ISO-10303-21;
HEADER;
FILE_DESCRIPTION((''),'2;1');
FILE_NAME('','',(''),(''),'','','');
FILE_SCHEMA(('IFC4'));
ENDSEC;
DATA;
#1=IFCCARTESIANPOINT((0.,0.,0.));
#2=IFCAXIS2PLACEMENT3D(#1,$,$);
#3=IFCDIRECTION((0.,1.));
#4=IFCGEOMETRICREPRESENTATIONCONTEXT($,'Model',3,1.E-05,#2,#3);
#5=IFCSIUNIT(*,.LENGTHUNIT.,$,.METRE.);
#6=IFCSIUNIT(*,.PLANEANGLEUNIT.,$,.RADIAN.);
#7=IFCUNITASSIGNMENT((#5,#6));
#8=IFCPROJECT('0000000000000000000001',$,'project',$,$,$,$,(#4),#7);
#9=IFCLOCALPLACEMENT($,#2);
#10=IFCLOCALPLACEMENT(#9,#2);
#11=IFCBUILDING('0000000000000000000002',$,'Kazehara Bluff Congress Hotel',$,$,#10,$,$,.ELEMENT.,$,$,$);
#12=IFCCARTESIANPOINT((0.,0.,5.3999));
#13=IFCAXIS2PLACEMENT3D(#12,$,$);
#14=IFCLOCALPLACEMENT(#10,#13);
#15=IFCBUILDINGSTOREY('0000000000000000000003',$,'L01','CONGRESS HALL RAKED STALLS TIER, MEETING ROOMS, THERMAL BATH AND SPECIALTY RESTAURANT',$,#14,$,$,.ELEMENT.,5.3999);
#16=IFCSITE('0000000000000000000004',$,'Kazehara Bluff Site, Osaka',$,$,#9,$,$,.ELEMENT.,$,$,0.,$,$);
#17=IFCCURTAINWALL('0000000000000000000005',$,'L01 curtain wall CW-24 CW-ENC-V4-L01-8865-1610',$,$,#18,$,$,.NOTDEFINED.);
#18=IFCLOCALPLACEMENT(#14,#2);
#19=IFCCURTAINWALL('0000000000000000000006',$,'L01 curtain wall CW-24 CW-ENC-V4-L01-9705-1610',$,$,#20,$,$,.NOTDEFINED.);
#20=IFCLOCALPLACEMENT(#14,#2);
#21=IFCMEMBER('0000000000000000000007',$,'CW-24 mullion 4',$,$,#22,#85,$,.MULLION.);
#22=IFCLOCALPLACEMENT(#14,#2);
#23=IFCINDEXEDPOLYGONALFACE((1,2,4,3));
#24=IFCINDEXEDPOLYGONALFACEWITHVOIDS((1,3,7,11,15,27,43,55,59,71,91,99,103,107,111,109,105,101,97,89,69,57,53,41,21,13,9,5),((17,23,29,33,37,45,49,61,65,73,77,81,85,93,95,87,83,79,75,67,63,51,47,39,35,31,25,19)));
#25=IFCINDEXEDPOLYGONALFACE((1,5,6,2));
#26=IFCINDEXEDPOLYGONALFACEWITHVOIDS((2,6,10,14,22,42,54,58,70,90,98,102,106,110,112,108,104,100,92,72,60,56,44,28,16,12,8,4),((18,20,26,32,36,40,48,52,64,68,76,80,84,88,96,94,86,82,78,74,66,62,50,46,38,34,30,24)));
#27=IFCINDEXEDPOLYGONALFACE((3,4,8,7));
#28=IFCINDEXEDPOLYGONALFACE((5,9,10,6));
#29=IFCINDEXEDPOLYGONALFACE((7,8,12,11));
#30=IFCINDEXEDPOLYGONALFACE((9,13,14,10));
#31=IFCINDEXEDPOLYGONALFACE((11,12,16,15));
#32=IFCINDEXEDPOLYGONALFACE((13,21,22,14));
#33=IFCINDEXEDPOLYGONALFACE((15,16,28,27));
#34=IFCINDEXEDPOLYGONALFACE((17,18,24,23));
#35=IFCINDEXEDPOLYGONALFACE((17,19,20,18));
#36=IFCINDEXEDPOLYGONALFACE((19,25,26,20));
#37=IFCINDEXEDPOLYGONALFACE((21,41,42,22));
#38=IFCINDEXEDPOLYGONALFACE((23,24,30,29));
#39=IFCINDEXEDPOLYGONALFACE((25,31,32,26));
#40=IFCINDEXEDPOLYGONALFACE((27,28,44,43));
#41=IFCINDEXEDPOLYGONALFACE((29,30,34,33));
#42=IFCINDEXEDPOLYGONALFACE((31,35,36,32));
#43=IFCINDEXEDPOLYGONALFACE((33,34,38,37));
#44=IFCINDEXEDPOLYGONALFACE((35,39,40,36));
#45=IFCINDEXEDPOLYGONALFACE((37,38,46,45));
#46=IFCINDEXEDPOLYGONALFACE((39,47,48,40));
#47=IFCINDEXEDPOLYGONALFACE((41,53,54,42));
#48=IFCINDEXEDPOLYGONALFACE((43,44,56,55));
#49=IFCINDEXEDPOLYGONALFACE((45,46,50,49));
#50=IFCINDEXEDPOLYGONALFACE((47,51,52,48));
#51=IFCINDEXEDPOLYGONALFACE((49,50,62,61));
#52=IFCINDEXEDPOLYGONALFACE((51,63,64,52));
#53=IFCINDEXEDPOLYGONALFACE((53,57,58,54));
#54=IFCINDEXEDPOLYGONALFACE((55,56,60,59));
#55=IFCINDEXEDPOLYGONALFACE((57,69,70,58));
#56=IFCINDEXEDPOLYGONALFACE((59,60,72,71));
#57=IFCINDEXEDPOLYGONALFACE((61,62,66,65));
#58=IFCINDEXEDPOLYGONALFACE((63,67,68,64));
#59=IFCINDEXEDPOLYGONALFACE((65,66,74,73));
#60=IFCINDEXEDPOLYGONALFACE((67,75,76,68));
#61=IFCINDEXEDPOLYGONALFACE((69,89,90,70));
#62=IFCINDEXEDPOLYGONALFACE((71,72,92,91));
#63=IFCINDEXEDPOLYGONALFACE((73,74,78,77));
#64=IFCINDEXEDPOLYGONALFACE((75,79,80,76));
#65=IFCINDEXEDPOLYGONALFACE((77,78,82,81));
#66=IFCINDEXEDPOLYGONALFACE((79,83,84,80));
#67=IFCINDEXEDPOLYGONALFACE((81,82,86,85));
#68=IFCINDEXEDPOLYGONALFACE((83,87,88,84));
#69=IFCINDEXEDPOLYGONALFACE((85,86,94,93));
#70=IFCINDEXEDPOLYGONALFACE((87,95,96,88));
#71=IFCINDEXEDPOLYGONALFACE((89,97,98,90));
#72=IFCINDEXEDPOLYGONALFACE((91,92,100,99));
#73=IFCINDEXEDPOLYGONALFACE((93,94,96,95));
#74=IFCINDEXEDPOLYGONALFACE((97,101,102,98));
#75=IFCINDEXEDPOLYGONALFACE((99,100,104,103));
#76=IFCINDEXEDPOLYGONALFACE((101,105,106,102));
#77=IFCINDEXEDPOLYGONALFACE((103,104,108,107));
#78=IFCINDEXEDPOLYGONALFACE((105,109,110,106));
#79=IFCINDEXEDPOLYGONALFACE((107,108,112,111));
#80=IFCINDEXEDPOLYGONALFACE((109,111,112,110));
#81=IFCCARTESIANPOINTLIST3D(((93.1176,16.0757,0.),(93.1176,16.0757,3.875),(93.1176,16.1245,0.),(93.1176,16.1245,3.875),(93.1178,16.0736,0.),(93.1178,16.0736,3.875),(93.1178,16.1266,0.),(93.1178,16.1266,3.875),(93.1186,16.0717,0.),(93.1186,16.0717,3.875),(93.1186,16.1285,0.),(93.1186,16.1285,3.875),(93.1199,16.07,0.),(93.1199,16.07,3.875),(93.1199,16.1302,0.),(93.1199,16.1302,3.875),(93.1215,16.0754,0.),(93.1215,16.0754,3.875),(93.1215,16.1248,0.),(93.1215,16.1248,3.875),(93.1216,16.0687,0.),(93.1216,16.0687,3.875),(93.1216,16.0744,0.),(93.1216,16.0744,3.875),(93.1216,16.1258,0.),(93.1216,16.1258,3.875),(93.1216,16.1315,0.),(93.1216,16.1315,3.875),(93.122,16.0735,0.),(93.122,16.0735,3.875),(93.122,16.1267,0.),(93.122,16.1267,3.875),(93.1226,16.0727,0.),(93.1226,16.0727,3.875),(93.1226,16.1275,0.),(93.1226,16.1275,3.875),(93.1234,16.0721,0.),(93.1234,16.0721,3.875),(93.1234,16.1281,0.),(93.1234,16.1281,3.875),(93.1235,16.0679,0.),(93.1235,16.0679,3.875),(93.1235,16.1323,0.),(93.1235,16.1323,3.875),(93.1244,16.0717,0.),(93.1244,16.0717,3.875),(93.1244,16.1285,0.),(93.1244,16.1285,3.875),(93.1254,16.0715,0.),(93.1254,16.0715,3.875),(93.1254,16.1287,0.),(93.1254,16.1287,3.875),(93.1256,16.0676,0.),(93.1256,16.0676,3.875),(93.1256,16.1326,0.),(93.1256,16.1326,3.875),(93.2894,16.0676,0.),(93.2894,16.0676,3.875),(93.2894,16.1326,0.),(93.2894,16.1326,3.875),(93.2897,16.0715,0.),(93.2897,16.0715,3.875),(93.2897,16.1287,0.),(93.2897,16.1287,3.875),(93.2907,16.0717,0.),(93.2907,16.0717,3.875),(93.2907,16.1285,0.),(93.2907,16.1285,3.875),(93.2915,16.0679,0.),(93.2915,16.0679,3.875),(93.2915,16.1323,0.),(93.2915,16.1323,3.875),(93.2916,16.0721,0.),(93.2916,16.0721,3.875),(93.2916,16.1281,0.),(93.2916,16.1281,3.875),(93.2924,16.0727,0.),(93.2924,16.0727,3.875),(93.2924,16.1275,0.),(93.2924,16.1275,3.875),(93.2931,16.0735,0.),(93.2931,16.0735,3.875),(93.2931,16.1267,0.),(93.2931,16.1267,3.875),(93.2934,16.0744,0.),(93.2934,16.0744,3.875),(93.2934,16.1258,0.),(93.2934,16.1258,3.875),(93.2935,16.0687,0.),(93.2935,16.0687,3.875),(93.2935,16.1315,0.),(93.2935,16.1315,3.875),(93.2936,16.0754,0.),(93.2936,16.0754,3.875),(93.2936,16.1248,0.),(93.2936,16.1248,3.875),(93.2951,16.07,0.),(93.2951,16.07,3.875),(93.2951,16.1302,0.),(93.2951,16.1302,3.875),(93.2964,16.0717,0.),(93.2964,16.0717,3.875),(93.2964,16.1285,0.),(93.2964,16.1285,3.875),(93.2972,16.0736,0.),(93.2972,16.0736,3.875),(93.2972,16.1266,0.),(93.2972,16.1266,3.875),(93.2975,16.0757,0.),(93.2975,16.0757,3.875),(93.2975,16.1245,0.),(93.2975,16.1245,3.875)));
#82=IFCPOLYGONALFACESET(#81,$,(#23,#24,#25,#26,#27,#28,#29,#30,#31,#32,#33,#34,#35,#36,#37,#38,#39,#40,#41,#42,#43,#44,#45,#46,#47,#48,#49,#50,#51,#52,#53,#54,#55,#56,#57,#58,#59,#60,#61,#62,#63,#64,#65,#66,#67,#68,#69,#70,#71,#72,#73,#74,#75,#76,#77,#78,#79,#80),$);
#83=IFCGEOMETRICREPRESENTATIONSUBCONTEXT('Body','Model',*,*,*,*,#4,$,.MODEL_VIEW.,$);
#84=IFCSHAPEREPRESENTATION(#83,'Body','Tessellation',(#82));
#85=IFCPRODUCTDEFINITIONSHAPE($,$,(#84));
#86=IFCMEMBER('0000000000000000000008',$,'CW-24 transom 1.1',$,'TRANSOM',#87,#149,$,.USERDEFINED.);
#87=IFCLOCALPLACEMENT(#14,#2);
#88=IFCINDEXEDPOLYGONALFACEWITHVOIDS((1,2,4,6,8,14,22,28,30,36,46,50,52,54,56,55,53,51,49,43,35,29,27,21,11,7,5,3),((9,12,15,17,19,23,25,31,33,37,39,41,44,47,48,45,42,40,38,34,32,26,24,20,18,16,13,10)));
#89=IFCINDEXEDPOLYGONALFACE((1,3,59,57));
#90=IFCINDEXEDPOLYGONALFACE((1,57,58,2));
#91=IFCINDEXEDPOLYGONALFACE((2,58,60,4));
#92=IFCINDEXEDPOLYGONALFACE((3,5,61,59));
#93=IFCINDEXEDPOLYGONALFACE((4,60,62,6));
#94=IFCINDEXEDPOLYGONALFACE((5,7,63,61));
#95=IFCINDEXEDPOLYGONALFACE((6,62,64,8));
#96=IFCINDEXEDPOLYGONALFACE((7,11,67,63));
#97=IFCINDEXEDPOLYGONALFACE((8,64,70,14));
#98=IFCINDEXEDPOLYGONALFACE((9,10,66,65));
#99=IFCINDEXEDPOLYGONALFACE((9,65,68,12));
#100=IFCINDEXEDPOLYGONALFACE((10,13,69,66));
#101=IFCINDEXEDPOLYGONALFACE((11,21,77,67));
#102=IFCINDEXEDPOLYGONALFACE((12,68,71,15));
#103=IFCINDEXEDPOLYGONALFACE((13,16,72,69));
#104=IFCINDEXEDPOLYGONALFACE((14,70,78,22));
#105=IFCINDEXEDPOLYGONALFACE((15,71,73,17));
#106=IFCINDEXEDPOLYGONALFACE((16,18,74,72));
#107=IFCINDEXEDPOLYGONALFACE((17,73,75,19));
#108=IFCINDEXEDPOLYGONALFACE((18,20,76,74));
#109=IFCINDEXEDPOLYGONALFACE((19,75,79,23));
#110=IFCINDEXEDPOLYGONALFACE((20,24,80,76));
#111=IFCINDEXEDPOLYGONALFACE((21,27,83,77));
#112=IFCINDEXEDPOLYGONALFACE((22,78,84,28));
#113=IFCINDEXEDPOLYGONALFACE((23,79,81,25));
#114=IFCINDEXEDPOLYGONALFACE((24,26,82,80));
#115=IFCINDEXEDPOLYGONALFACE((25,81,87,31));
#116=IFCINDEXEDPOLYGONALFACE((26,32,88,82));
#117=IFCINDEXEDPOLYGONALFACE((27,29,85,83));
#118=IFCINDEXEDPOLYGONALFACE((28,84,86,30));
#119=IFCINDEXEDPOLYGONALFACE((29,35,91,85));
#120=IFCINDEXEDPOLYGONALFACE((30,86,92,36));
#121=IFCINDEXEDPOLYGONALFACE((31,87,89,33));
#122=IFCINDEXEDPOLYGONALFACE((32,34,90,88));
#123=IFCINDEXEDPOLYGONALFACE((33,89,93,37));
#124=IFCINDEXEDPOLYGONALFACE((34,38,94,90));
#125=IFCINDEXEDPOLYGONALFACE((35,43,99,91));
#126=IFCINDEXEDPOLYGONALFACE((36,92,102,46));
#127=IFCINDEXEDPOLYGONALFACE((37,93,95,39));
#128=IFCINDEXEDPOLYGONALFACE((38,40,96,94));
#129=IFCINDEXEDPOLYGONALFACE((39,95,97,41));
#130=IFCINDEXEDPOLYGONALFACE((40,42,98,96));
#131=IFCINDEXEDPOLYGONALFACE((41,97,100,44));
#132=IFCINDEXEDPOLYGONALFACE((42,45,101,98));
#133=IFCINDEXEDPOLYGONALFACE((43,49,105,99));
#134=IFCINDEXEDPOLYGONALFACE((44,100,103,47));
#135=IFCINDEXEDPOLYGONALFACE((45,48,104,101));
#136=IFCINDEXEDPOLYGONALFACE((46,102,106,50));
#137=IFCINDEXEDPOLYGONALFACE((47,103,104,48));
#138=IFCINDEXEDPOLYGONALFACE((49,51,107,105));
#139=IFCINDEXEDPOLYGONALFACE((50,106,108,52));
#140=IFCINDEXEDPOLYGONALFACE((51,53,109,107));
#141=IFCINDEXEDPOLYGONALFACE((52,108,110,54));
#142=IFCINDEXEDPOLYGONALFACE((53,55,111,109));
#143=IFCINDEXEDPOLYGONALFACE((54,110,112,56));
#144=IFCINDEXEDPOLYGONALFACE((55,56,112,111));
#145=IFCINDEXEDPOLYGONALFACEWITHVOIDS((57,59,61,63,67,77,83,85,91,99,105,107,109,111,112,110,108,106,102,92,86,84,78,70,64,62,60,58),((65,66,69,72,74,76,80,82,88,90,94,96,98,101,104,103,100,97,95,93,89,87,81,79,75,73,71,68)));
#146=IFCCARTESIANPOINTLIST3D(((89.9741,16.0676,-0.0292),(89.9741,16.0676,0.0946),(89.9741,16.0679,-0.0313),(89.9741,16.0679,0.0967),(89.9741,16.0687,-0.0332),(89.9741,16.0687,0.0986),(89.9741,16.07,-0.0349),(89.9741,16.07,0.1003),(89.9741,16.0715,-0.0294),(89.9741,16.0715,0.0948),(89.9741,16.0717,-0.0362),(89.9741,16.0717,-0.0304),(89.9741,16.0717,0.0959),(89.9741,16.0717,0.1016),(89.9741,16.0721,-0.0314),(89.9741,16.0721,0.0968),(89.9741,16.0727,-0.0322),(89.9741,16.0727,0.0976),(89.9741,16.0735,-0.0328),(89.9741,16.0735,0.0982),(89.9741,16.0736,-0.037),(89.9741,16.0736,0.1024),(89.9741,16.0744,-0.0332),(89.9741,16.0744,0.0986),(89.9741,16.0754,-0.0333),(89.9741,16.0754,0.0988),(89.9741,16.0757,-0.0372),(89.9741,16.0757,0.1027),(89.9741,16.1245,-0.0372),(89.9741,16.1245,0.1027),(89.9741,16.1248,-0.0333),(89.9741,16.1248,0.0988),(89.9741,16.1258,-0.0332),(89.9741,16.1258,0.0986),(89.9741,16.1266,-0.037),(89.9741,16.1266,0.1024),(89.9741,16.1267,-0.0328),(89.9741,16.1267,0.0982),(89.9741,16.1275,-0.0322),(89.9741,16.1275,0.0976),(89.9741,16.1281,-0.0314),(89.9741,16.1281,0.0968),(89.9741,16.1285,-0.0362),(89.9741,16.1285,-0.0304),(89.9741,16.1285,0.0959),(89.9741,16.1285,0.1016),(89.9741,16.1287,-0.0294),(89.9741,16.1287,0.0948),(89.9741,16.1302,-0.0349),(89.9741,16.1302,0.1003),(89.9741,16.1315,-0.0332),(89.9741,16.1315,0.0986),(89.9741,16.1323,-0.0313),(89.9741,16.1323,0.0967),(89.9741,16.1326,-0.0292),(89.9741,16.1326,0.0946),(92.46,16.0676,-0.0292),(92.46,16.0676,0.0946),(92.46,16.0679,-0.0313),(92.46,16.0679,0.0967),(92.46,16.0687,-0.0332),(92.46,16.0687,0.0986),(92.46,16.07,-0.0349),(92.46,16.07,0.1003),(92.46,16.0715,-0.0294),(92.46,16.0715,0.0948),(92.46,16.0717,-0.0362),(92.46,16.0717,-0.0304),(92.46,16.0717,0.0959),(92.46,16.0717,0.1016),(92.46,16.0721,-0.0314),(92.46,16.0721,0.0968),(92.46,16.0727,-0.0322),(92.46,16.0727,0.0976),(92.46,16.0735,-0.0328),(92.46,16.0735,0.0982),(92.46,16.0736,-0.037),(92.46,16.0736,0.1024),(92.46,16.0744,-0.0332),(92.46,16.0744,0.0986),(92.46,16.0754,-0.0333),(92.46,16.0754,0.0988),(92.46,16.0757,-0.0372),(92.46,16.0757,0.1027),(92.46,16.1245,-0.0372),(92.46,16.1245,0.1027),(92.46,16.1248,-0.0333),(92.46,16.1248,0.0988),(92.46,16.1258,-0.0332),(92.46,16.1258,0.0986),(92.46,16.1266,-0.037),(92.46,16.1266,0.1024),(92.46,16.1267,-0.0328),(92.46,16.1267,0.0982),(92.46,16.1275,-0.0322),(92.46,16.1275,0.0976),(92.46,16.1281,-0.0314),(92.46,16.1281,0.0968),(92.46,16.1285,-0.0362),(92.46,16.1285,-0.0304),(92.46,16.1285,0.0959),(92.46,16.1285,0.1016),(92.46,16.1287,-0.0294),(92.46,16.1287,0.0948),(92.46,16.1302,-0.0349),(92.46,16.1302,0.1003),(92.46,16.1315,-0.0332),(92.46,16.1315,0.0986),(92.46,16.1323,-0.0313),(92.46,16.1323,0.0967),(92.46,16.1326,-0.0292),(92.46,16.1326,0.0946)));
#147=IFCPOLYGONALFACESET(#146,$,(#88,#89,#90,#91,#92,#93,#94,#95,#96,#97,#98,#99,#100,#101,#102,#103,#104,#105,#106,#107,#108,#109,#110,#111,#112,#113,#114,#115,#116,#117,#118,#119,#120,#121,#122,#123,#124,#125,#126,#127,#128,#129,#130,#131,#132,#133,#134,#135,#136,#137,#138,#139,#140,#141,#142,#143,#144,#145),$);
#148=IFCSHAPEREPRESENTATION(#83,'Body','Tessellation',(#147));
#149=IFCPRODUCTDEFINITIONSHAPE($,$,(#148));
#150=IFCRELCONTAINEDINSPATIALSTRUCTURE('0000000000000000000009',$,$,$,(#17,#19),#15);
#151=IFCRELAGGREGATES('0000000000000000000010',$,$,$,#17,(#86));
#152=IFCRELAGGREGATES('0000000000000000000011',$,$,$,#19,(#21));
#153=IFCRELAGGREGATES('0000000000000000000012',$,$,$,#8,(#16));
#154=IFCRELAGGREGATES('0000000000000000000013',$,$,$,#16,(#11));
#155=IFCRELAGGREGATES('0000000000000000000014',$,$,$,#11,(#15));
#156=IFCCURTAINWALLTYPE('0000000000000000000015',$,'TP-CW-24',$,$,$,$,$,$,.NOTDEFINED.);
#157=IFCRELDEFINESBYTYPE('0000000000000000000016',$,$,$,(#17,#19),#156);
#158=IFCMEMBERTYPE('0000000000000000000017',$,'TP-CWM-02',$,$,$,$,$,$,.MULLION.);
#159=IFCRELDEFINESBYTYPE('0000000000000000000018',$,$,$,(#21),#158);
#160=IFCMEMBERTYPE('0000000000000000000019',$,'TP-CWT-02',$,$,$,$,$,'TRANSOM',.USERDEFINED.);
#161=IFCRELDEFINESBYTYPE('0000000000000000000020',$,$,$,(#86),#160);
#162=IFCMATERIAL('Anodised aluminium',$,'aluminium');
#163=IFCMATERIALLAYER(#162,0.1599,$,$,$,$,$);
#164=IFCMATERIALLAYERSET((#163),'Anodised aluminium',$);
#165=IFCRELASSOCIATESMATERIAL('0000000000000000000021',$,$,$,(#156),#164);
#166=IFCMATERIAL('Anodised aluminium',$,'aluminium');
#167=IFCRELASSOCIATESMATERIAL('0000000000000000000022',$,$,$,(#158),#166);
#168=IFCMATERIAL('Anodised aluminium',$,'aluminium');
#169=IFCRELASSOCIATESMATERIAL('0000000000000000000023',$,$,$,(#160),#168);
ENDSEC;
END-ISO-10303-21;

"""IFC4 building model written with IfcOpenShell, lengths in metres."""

from ifc_helpers import new_model, si_unit, direction, frame, origin, origin_2d, place, context, subcontext, project, spatial, hollow_rectangle, extrude, material, layer, layer_set, material_profile, profile_set, type_object, element, aggregate, save


model = new_model("IFC4")

# Units and contexts
model_context = context("Model", 3, precision=1e-05, world=origin(), true_north=direction((0.0, 1.0)))
body_context = subcontext(model_context, "Body", "Model", "MODEL_VIEW")
ifc_project = project(units=[si_unit("LENGTHUNIT", "METRE"), si_unit("PLANEANGLEUNIT", "RADIAN")], contexts=[model_context])

# Site, building, storey
site_placement = place(None, origin())
site = spatial("IfcSite", under=ifc_project, at=site_placement, Name="Kazehara Bluff Site, Osaka", CompositionType="ELEMENT", RefElevation=0.0)
building_placement = place(site_placement, origin())
building = spatial("IfcBuilding", under=site, at=building_placement, Name="Kazehara Bluff Congress Hotel", CompositionType="ELEMENT")
storey_placement = place(building_placement, frame((0.0, 0.0, 5.3999)))
storey = spatial("IfcBuildingStorey", under=building, at=storey_placement, Name="L01", Description="CONGRESS HALL RAKED STALLS TIER, MEETING ROOMS, THERMAL BATH AND SPECIALTY RESTAURANT", CompositionType="ELEMENT", Elevation=5.3999)

# Curtain wall
ifc_material_1 = material(Name="Anodised aluminium", Category="aluminium")
ifc_layer_1 = layer(ifc_material_1, 0.1599)
ifc_layer_set_1 = layer_set([ifc_layer_1], Name="Anodised aluminium")
curtain_wall_type = type_object("IfcCurtainWallType", Name="TP-CW-24", PredefinedType="NOTDEFINED", material=ifc_layer_set_1)
curtain_wall_1_placement = place(storey_placement, origin())
curtain_wall_1 = element("IfcCurtainWall", 1, at=curtain_wall_1_placement, inside=storey, type_object=curtain_wall_type, Name="L01 curtain wall CW-24 CW-ENC-V4-L01-8865-1610", PredefinedType="NOTDEFINED")
ifc_material_2 = material(Name="Anodised aluminium", Category="aluminium")
ifc_material_profile_1 = material_profile(ifc_material_2, hollow_rectangle(XDim=0.0649, YDim=0.1799, WallThickness=0.0039, InnerFilletRadius=0.0039, OuterFilletRadius=0.0081, at=origin_2d()))
ifc_profile_set_1 = profile_set([ifc_material_profile_1], Name="Anodised aluminium")
member_type_1 = type_object("IfcMemberType", Name="TP-CWM-02", PredefinedType="MULLION", material=ifc_profile_set_1)

# Curtain wall, member
curtain_wall_2_placement = place(storey_placement, origin())
curtain_wall_2 = element("IfcCurtainWall", 2, at=curtain_wall_2_placement, inside=storey, type_object=curtain_wall_type, Name="L01 curtain wall CW-24 CW-ENC-V4-L01-9705-1610", PredefinedType="NOTDEFINED")
member_1_placement = place(storey_placement, frame((93.2075, 16.1001, 0.0), z_axis=(0.0, 0.0, 1.0), x_axis=(0.0, -1.0, 0.0)))
member_1 = element("IfcMember", 3, at=member_1_placement, type_object=member_type_1, Name="CW-24 mullion 4", PredefinedType="MULLION", context=body_context, shape_type="SweptSolid", body=[
    extrude(hollow_rectangle(XDim=0.0649, YDim=0.1799, WallThickness=0.0039, InnerFilletRadius=0.0039, OuterFilletRadius=0.0081, at=origin_2d()), origin(), (0.0, 0.0, 1.0), 3.875),
])

# Member
ifc_material_3 = material(Name="Anodised aluminium", Category="aluminium")
ifc_material_profile_2 = material_profile(ifc_material_3, hollow_rectangle(XDim=0.0649, YDim=0.1399, WallThickness=0.0039, InnerFilletRadius=0.0039, OuterFilletRadius=0.0081, at=origin_2d()))
ifc_profile_set_2 = profile_set([ifc_material_profile_2], Name="Anodised aluminium")
member_type_2 = type_object("IfcMemberType", Name="TP-CWT-02", ElementType="TRANSOM", PredefinedType="USERDEFINED", material=ifc_profile_set_2)
member_2_placement = place(storey_placement, frame((92.46, 16.1001, 0.0327), z_axis=(-1.0, 0.0, 0.0), x_axis=(0.0, -1.0, 0.0)))
member_2 = element("IfcMember", 4, at=member_2_placement, type_object=member_type_2, Name="CW-24 transom 1.1", ObjectType="TRANSOM", PredefinedType="USERDEFINED", context=body_context, shape_type="SweptSolid", body=[
    extrude(hollow_rectangle(XDim=0.0649, YDim=0.1399, WallThickness=0.0039, InnerFilletRadius=0.0039, OuterFilletRadius=0.0081, at=origin_2d()), origin(), (0.0, 0.0, 1.0), 2.4858),
])

aggregate(curtain_wall_1, [member_2])
aggregate(curtain_wall_2, [member_1])

save(model, "model.ifc")
